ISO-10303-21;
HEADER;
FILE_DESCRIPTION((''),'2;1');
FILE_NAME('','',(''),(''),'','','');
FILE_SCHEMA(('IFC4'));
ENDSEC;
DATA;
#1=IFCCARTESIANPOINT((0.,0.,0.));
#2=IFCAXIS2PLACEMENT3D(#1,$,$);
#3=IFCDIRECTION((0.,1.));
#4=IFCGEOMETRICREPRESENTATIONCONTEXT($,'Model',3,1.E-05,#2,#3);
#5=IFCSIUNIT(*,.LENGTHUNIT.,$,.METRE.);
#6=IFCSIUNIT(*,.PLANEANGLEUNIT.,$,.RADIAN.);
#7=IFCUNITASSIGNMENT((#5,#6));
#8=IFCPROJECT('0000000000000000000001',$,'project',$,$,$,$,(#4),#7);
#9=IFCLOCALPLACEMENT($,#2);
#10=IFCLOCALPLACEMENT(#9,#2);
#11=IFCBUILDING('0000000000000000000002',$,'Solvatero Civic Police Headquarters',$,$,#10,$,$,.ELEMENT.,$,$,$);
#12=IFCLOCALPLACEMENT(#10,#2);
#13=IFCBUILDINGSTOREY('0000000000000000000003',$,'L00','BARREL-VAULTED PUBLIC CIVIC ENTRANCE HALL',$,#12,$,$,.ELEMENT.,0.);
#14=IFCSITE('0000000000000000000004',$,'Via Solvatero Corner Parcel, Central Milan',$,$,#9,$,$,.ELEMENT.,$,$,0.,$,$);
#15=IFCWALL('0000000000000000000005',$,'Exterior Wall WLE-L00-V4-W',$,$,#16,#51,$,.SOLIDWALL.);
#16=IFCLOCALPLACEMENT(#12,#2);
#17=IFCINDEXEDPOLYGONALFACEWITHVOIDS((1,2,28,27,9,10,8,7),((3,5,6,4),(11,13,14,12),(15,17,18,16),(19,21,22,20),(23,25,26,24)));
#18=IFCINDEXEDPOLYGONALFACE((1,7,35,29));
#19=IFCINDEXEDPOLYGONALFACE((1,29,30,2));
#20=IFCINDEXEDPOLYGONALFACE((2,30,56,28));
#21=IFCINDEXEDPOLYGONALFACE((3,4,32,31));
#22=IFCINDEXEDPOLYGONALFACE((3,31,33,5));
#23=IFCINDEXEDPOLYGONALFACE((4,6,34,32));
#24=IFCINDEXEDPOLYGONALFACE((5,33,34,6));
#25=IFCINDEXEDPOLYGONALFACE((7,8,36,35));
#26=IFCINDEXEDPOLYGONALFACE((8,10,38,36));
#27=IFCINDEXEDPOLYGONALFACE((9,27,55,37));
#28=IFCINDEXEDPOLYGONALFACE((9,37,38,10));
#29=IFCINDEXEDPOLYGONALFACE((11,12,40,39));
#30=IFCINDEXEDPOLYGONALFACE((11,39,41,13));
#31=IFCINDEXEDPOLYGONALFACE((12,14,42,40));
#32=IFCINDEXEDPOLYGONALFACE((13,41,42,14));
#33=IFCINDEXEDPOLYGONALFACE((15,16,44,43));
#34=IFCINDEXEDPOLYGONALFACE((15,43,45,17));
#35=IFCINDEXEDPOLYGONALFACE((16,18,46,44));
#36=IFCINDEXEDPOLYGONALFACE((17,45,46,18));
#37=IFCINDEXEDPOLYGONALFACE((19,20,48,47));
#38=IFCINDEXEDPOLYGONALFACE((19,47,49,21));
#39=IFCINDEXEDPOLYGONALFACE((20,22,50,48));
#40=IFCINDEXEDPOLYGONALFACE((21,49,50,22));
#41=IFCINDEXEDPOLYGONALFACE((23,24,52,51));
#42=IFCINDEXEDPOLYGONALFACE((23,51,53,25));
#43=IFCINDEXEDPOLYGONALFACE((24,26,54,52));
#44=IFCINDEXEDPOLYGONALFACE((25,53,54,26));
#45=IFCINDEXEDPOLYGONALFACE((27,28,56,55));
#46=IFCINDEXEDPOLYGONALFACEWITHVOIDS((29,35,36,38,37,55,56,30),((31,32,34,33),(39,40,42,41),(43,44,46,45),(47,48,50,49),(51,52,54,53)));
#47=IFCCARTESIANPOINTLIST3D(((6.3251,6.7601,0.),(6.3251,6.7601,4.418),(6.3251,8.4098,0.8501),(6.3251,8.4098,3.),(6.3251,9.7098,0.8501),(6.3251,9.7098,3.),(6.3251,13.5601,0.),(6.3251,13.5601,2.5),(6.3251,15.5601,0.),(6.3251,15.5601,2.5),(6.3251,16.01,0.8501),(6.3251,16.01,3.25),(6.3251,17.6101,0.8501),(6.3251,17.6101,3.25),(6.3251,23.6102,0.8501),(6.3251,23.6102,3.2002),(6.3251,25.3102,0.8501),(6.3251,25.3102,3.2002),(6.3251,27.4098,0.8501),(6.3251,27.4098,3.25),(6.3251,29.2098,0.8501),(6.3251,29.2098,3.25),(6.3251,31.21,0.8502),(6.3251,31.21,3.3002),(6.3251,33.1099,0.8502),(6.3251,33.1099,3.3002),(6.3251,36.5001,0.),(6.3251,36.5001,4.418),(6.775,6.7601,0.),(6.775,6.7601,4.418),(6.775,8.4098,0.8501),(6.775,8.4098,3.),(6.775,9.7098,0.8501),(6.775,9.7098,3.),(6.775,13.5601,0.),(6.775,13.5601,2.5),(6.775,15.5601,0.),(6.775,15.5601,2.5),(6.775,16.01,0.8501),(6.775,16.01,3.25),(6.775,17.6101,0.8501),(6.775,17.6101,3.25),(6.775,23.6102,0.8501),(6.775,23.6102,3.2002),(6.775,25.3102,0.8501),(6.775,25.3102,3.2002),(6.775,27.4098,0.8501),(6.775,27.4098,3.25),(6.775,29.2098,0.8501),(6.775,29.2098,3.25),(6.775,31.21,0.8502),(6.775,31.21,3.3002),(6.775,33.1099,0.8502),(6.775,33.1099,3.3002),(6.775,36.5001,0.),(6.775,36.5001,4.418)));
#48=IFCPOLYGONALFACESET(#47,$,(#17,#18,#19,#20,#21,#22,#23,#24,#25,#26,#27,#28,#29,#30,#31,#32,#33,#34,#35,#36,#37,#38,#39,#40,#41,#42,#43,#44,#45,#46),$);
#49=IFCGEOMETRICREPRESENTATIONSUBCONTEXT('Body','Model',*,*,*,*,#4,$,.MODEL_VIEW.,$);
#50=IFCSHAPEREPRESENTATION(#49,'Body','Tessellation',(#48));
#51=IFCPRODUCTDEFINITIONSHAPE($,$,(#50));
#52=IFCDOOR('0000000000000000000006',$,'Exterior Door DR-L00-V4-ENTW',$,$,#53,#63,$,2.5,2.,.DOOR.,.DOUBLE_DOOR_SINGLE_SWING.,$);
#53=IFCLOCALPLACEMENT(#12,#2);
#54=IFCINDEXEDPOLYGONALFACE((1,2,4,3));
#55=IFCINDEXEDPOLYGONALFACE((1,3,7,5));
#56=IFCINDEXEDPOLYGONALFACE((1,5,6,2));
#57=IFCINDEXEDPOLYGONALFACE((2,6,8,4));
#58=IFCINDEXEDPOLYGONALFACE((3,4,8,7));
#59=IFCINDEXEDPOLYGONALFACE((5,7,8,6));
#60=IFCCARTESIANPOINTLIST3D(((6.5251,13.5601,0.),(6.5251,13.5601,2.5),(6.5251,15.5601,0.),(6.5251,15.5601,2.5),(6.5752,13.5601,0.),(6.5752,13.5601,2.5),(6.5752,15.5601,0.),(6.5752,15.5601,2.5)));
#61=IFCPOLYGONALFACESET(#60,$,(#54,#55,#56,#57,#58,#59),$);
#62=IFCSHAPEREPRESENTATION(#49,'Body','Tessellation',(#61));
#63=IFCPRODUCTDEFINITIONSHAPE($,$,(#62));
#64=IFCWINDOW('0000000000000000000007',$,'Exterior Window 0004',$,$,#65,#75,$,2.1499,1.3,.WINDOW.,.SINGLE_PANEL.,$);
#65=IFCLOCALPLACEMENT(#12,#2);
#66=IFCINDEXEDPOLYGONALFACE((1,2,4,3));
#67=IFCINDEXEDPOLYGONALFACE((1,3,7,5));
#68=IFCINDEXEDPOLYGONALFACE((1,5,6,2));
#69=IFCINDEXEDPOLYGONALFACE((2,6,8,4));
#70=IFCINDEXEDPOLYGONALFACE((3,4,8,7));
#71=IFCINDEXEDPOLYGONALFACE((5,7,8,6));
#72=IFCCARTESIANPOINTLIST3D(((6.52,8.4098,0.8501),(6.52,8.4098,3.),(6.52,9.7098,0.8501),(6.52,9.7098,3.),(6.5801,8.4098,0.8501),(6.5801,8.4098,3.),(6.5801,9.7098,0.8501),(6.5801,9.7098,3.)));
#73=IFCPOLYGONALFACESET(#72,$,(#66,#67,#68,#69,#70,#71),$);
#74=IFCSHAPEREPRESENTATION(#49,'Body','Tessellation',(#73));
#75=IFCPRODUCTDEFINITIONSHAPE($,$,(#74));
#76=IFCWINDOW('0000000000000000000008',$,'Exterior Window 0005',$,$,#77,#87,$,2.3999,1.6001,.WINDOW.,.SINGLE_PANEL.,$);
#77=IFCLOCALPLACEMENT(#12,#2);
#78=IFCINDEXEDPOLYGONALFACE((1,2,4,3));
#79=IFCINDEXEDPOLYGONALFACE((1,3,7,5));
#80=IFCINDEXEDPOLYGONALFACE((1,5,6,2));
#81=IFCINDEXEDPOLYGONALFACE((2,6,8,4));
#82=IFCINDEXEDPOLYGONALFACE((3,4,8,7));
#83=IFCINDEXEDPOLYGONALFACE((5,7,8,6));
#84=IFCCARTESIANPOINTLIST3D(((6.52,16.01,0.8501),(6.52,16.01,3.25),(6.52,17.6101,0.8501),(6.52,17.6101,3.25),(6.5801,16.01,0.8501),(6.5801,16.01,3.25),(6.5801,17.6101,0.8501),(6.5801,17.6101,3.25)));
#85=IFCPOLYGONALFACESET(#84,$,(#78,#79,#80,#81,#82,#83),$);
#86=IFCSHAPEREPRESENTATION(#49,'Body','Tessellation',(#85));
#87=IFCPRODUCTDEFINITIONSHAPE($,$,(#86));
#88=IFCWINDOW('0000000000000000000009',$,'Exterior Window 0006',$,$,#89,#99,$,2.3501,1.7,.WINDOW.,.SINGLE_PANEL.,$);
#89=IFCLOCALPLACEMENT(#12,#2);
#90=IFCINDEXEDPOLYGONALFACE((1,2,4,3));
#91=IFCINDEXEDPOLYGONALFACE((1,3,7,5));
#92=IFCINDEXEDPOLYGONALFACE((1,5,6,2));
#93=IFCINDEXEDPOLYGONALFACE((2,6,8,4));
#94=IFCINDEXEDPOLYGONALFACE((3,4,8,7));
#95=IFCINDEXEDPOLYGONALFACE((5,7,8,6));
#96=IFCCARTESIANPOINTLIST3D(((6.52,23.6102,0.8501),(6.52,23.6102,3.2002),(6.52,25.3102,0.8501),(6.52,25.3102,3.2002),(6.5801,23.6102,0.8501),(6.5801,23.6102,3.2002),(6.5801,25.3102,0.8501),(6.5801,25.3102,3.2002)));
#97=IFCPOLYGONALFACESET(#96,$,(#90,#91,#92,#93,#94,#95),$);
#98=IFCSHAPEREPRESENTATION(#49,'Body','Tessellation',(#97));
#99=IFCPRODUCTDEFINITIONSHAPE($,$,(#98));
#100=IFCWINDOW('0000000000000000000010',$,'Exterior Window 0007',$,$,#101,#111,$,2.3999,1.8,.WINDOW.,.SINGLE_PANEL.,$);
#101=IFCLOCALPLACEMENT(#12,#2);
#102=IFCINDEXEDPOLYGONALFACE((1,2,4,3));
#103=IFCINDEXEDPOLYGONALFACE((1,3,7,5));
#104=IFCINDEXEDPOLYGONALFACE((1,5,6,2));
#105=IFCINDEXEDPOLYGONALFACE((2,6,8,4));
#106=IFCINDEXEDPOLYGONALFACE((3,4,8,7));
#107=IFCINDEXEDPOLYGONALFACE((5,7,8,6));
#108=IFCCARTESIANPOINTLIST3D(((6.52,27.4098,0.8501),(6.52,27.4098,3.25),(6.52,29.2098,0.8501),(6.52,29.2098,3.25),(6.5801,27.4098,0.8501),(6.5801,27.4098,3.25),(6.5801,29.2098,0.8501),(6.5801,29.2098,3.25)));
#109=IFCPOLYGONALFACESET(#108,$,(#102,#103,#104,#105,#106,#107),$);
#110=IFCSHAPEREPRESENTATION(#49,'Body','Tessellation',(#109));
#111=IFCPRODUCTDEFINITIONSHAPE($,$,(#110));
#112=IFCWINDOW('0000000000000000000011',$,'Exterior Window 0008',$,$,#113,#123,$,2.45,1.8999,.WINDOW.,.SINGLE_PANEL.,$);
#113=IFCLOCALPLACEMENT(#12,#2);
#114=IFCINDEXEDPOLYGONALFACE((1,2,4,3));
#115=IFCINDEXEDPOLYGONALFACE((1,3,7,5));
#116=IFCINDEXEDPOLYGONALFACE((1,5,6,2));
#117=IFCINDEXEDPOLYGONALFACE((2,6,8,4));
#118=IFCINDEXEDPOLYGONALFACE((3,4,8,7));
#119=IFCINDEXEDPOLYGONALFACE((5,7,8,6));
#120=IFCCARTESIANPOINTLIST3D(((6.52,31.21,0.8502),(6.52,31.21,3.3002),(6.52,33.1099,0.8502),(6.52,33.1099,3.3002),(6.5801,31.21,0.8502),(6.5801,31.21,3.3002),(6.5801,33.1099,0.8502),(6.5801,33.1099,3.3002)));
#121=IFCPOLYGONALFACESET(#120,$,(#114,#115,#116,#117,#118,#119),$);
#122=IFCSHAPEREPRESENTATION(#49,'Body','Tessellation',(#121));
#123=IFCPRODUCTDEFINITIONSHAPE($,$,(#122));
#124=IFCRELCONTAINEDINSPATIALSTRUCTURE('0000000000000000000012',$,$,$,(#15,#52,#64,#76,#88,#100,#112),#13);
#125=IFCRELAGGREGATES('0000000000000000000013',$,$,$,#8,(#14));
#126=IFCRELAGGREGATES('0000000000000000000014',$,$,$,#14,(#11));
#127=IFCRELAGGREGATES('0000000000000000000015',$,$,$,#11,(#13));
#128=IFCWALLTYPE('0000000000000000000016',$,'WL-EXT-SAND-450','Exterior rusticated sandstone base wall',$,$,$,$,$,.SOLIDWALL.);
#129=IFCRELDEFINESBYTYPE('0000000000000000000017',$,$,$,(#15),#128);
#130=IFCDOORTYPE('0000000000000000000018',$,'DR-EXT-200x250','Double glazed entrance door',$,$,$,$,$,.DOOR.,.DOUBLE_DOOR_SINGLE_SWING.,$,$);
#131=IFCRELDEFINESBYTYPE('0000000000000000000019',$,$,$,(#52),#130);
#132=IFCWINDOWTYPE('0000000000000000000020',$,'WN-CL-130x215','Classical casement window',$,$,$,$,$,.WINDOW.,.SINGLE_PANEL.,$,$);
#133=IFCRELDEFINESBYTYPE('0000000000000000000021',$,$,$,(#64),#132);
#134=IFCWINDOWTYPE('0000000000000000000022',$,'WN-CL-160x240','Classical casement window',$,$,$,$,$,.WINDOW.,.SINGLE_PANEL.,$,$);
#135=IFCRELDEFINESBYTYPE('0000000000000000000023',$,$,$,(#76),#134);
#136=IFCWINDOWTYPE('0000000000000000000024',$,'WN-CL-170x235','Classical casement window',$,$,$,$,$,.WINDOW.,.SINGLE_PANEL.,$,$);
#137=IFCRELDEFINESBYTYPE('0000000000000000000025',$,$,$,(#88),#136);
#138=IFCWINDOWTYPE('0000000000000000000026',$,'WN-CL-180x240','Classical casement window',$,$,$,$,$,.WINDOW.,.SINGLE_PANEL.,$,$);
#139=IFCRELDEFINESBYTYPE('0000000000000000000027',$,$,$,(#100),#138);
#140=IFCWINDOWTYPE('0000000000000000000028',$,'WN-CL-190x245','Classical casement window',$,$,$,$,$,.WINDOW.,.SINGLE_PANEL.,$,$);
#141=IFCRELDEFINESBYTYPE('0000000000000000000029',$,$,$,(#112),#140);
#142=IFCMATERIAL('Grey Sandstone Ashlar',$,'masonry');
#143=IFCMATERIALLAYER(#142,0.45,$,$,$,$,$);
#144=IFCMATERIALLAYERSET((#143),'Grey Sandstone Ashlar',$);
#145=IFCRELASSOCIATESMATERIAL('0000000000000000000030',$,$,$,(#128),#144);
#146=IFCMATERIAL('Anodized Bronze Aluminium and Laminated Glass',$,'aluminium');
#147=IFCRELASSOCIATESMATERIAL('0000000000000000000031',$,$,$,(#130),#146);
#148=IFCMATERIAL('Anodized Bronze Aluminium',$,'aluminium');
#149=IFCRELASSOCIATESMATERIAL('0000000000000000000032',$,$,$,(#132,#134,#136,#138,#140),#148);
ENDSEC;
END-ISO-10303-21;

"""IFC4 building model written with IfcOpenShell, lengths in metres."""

from ifc_helpers import new_model, si_unit, direction, frame, frame_2d, origin, place, context, subcontext, project, spatial, rectangle, extrude, material, layer, layer_set, type_object, element, fill, save


model = new_model("IFC4")

# Units and contexts
model_context = context("Model", 3, precision=1e-05, world=origin(), true_north=direction((0.0, 1.0)))
body_context = subcontext(model_context, "Body", "Model", "MODEL_VIEW")
ifc_project = project(units=[si_unit("LENGTHUNIT", "METRE"), si_unit("PLANEANGLEUNIT", "RADIAN")], contexts=[model_context])

# Site, building, storey
site_placement = place(None, origin())
site = spatial("IfcSite", under=ifc_project, at=site_placement, Name="Via Solvatero Corner Parcel, Central Milan", CompositionType="ELEMENT", RefElevation=0.0)
building_placement = place(site_placement, origin())
building = spatial("IfcBuilding", under=site, at=building_placement, Name="Solvatero Civic Police Headquarters", CompositionType="ELEMENT")
storey_placement = place(building_placement, origin())
storey = spatial("IfcBuildingStorey", under=building, at=storey_placement, Name="L00", Description="BARREL-VAULTED PUBLIC CIVIC ENTRANCE HALL", CompositionType="ELEMENT", Elevation=0.0)

# Wall, openings, door, windows
ifc_material_1 = material(Name="Grey Sandstone Ashlar", Category="masonry")
ifc_layer_1 = layer(ifc_material_1, 0.45)
ifc_layer_set_1 = layer_set([ifc_layer_1], Name="Grey Sandstone Ashlar")
wall_type_1 = type_object("IfcWallType", Name="WL-EXT-SAND-450", Description="Exterior rusticated sandstone base wall", PredefinedType="SOLIDWALL", material=ifc_layer_set_1)
wall_1_placement = place(storey_placement, frame((6.55, 6.76, 0.0), z_axis=(0.0, 0.0, 1.0), x_axis=(0.0, 1.0, 0.0)))
wall_1 = element("IfcWall", 1, at=wall_1_placement, inside=storey, type_object=wall_type_1, Name="Exterior Wall WLE-L00-V4-W", PredefinedType="SOLIDWALL", context=body_context, shape_type="SweptSolid", body=[
    extrude(rectangle(XDim=29.74, YDim=0.45, at=frame_2d((14.8701, 0.0))), origin(), (0.0, 0.0, 1.0), 4.418),
])
opening_1_placement = place(wall_1_placement, frame((6.8, 0.0, 0.0)))
opening_1 = element("IfcOpeningElement", 2, at=opening_1_placement, cuts=wall_1, PredefinedType="OPENING", context=body_context, shape_type="SweptSolid", body=[
    extrude(rectangle(XDim=2.0, YDim=2.5, at=frame_2d((1.0, 1.25))), frame((0.0, 0.2349, 0.0), z_axis=(0.0, -1.0, 0.0), x_axis=(1.0, 0.0, 0.0)), (0.0, 0.0, 1.0), 0.47),
])
opening_2_placement = place(wall_1_placement, frame((1.6499, 0.0, 0.8501)))
opening_2 = element("IfcOpeningElement", 3, at=opening_2_placement, cuts=wall_1, PredefinedType="OPENING", context=body_context, shape_type="SweptSolid", body=[
    extrude(rectangle(XDim=1.3, YDim=2.1499, at=frame_2d((0.6499, 1.075))), frame((0.0, 0.2349, 0.0), z_axis=(0.0, -1.0, 0.0), x_axis=(1.0, 0.0, 0.0)), (0.0, 0.0, 1.0), 0.47),
])
opening_3_placement = place(wall_1_placement, frame((9.25, 0.0, 0.8501)))
opening_3 = element("IfcOpeningElement", 4, at=opening_3_placement, cuts=wall_1, PredefinedType="OPENING", context=body_context, shape_type="SweptSolid", body=[
    extrude(rectangle(XDim=1.6001, YDim=2.3999, at=frame_2d((0.8, 1.2))), frame((0.0, 0.2349, 0.0), z_axis=(0.0, -1.0, 0.0), x_axis=(1.0, 0.0, 0.0)), (0.0, 0.0, 1.0), 0.47),
])
opening_4_placement = place(wall_1_placement, frame((16.8501, 0.0, 0.8501)))
opening_4 = element("IfcOpeningElement", 5, at=opening_4_placement, cuts=wall_1, PredefinedType="OPENING", context=body_context, shape_type="SweptSolid", body=[
    extrude(rectangle(XDim=1.7, YDim=2.3501, at=frame_2d((0.8501, 1.175))), frame((0.0, 0.2349, 0.0), z_axis=(0.0, -1.0, 0.0), x_axis=(1.0, 0.0, 0.0)), (0.0, 0.0, 1.0), 0.47),
])
opening_5_placement = place(wall_1_placement, frame((20.6499, 0.0, 0.8501)))
opening_5 = element("IfcOpeningElement", 6, at=opening_5_placement, cuts=wall_1, PredefinedType="OPENING", context=body_context, shape_type="SweptSolid", body=[
    extrude(rectangle(XDim=1.8, YDim=2.3999, at=frame_2d((0.8999, 1.2))), frame((0.0, 0.2349, 0.0), z_axis=(0.0, -1.0, 0.0), x_axis=(1.0, 0.0, 0.0)), (0.0, 0.0, 1.0), 0.47),
])
opening_6_placement = place(wall_1_placement, frame((24.45, 0.0, 0.8501)))
opening_6 = element("IfcOpeningElement", 7, at=opening_6_placement, cuts=wall_1, PredefinedType="OPENING", context=body_context, shape_type="SweptSolid", body=[
    extrude(rectangle(XDim=1.8999, YDim=2.45, at=frame_2d((0.95, 1.2251))), frame((0.0, 0.2349, 0.0), z_axis=(0.0, -1.0, 0.0), x_axis=(1.0, 0.0, 0.0)), (0.0, 0.0, 1.0), 0.47),
])
ifc_material_2 = material(Name="Anodized Bronze Aluminium and Laminated Glass", Category="aluminium")
door_type_1 = type_object("IfcDoorType", Name="DR-EXT-200x250", Description="Double glazed entrance door", OperationType="DOUBLE_DOOR_SINGLE_SWING", PredefinedType="DOOR", material=ifc_material_2)
door_1_placement = place(opening_1_placement, origin())
door_1 = element("IfcDoor", 8, at=door_1_placement, inside=storey, type_object=door_type_1, Name="Exterior Door DR-L00-V4-ENTW", OperationType="DOUBLE_DOOR_SINGLE_SWING", OverallHeight=2.5, OverallWidth=2.0, PredefinedType="DOOR", context=body_context, shape_type="SweptSolid", body=[
    extrude(rectangle(XDim=2.0, YDim=2.5, at=frame_2d((1.0, 1.25))), frame((0.0, 0.0249, 0.0), z_axis=(0.0, -1.0, 0.0), x_axis=(1.0, 0.0, 0.0)), (0.0, 0.0, 1.0), 0.05),
])
fill(opening_1, door_1)
ifc_material_3 = material(Name="Anodized Bronze Aluminium", Category="aluminium")
window_type_1 = type_object("IfcWindowType", Name="WN-CL-130x215", Description="Classical casement window", PartitioningType="SINGLE_PANEL", PredefinedType="WINDOW", material=ifc_material_3)
window_1_placement = place(opening_2_placement, origin())
window_1 = element("IfcWindow", 9, at=window_1_placement, inside=storey, type_object=window_type_1, Name="Exterior Window 0004", OverallHeight=2.1499, OverallWidth=1.3, PartitioningType="SINGLE_PANEL", PredefinedType="WINDOW", context=body_context, shape_type="SweptSolid", body=[
    extrude(rectangle(XDim=1.3, YDim=2.1499, at=frame_2d((0.6499, 1.075))), frame((0.0, 0.03, 0.0), z_axis=(0.0, -1.0, 0.0), x_axis=(1.0, 0.0, 0.0)), (0.0, 0.0, 1.0), 0.0601),
])
fill(opening_2, window_1)
window_type_2 = type_object("IfcWindowType", Name="WN-CL-160x240", Description="Classical casement window", PartitioningType="SINGLE_PANEL", PredefinedType="WINDOW", material=ifc_material_3)
window_2_placement = place(opening_3_placement, origin())
window_2 = element("IfcWindow", 10, at=window_2_placement, inside=storey, type_object=window_type_2, Name="Exterior Window 0005", OverallHeight=2.3999, OverallWidth=1.6001, PartitioningType="SINGLE_PANEL", PredefinedType="WINDOW", context=body_context, shape_type="SweptSolid", body=[
    extrude(rectangle(XDim=1.6001, YDim=2.3999, at=frame_2d((0.8, 1.2))), frame((0.0, 0.03, 0.0), z_axis=(0.0, -1.0, 0.0), x_axis=(1.0, 0.0, 0.0)), (0.0, 0.0, 1.0), 0.0601),
])
fill(opening_3, window_2)
window_type_3 = type_object("IfcWindowType", Name="WN-CL-170x235", Description="Classical casement window", PartitioningType="SINGLE_PANEL", PredefinedType="WINDOW", material=ifc_material_3)
window_3_placement = place(opening_4_placement, origin())
window_3 = element("IfcWindow", 11, at=window_3_placement, inside=storey, type_object=window_type_3, Name="Exterior Window 0006", OverallHeight=2.3501, OverallWidth=1.7, PartitioningType="SINGLE_PANEL", PredefinedType="WINDOW", context=body_context, shape_type="SweptSolid", body=[
    extrude(rectangle(XDim=1.7, YDim=2.3501, at=frame_2d((0.8501, 1.175))), frame((0.0, 0.03, 0.0), z_axis=(0.0, -1.0, 0.0), x_axis=(1.0, 0.0, 0.0)), (0.0, 0.0, 1.0), 0.0601),
])
fill(opening_4, window_3)
window_type_4 = type_object("IfcWindowType", Name="WN-CL-180x240", Description="Classical casement window", PartitioningType="SINGLE_PANEL", PredefinedType="WINDOW", material=ifc_material_3)
window_4_placement = place(opening_5_placement, origin())
window_4 = element("IfcWindow", 12, at=window_4_placement, inside=storey, type_object=window_type_4, Name="Exterior Window 0007", OverallHeight=2.3999, OverallWidth=1.8, PartitioningType="SINGLE_PANEL", PredefinedType="WINDOW", context=body_context, shape_type="SweptSolid", body=[
    extrude(rectangle(XDim=1.8, YDim=2.3999, at=frame_2d((0.8999, 1.2))), frame((0.0, 0.03, 0.0), z_axis=(0.0, -1.0, 0.0), x_axis=(1.0, 0.0, 0.0)), (0.0, 0.0, 1.0), 0.0601),
])
fill(opening_5, window_4)
window_type_5 = type_object("IfcWindowType", Name="WN-CL-190x245", Description="Classical casement window", PartitioningType="SINGLE_PANEL", PredefinedType="WINDOW", material=ifc_material_3)
window_5_placement = place(opening_6_placement, origin())
window_5 = element("IfcWindow", 13, at=window_5_placement, inside=storey, type_object=window_type_5, Name="Exterior Window 0008", OverallHeight=2.45, OverallWidth=1.8999, PartitioningType="SINGLE_PANEL", PredefinedType="WINDOW", context=body_context, shape_type="SweptSolid", body=[
    extrude(rectangle(XDim=1.8999, YDim=2.45, at=frame_2d((0.95, 1.2251))), frame((0.0, 0.03, 0.0), z_axis=(0.0, -1.0, 0.0), x_axis=(1.0, 0.0, 0.0)), (0.0, 0.0, 1.0), 0.0601),
])
fill(opening_6, window_5)

save(model, "model.ifc")
